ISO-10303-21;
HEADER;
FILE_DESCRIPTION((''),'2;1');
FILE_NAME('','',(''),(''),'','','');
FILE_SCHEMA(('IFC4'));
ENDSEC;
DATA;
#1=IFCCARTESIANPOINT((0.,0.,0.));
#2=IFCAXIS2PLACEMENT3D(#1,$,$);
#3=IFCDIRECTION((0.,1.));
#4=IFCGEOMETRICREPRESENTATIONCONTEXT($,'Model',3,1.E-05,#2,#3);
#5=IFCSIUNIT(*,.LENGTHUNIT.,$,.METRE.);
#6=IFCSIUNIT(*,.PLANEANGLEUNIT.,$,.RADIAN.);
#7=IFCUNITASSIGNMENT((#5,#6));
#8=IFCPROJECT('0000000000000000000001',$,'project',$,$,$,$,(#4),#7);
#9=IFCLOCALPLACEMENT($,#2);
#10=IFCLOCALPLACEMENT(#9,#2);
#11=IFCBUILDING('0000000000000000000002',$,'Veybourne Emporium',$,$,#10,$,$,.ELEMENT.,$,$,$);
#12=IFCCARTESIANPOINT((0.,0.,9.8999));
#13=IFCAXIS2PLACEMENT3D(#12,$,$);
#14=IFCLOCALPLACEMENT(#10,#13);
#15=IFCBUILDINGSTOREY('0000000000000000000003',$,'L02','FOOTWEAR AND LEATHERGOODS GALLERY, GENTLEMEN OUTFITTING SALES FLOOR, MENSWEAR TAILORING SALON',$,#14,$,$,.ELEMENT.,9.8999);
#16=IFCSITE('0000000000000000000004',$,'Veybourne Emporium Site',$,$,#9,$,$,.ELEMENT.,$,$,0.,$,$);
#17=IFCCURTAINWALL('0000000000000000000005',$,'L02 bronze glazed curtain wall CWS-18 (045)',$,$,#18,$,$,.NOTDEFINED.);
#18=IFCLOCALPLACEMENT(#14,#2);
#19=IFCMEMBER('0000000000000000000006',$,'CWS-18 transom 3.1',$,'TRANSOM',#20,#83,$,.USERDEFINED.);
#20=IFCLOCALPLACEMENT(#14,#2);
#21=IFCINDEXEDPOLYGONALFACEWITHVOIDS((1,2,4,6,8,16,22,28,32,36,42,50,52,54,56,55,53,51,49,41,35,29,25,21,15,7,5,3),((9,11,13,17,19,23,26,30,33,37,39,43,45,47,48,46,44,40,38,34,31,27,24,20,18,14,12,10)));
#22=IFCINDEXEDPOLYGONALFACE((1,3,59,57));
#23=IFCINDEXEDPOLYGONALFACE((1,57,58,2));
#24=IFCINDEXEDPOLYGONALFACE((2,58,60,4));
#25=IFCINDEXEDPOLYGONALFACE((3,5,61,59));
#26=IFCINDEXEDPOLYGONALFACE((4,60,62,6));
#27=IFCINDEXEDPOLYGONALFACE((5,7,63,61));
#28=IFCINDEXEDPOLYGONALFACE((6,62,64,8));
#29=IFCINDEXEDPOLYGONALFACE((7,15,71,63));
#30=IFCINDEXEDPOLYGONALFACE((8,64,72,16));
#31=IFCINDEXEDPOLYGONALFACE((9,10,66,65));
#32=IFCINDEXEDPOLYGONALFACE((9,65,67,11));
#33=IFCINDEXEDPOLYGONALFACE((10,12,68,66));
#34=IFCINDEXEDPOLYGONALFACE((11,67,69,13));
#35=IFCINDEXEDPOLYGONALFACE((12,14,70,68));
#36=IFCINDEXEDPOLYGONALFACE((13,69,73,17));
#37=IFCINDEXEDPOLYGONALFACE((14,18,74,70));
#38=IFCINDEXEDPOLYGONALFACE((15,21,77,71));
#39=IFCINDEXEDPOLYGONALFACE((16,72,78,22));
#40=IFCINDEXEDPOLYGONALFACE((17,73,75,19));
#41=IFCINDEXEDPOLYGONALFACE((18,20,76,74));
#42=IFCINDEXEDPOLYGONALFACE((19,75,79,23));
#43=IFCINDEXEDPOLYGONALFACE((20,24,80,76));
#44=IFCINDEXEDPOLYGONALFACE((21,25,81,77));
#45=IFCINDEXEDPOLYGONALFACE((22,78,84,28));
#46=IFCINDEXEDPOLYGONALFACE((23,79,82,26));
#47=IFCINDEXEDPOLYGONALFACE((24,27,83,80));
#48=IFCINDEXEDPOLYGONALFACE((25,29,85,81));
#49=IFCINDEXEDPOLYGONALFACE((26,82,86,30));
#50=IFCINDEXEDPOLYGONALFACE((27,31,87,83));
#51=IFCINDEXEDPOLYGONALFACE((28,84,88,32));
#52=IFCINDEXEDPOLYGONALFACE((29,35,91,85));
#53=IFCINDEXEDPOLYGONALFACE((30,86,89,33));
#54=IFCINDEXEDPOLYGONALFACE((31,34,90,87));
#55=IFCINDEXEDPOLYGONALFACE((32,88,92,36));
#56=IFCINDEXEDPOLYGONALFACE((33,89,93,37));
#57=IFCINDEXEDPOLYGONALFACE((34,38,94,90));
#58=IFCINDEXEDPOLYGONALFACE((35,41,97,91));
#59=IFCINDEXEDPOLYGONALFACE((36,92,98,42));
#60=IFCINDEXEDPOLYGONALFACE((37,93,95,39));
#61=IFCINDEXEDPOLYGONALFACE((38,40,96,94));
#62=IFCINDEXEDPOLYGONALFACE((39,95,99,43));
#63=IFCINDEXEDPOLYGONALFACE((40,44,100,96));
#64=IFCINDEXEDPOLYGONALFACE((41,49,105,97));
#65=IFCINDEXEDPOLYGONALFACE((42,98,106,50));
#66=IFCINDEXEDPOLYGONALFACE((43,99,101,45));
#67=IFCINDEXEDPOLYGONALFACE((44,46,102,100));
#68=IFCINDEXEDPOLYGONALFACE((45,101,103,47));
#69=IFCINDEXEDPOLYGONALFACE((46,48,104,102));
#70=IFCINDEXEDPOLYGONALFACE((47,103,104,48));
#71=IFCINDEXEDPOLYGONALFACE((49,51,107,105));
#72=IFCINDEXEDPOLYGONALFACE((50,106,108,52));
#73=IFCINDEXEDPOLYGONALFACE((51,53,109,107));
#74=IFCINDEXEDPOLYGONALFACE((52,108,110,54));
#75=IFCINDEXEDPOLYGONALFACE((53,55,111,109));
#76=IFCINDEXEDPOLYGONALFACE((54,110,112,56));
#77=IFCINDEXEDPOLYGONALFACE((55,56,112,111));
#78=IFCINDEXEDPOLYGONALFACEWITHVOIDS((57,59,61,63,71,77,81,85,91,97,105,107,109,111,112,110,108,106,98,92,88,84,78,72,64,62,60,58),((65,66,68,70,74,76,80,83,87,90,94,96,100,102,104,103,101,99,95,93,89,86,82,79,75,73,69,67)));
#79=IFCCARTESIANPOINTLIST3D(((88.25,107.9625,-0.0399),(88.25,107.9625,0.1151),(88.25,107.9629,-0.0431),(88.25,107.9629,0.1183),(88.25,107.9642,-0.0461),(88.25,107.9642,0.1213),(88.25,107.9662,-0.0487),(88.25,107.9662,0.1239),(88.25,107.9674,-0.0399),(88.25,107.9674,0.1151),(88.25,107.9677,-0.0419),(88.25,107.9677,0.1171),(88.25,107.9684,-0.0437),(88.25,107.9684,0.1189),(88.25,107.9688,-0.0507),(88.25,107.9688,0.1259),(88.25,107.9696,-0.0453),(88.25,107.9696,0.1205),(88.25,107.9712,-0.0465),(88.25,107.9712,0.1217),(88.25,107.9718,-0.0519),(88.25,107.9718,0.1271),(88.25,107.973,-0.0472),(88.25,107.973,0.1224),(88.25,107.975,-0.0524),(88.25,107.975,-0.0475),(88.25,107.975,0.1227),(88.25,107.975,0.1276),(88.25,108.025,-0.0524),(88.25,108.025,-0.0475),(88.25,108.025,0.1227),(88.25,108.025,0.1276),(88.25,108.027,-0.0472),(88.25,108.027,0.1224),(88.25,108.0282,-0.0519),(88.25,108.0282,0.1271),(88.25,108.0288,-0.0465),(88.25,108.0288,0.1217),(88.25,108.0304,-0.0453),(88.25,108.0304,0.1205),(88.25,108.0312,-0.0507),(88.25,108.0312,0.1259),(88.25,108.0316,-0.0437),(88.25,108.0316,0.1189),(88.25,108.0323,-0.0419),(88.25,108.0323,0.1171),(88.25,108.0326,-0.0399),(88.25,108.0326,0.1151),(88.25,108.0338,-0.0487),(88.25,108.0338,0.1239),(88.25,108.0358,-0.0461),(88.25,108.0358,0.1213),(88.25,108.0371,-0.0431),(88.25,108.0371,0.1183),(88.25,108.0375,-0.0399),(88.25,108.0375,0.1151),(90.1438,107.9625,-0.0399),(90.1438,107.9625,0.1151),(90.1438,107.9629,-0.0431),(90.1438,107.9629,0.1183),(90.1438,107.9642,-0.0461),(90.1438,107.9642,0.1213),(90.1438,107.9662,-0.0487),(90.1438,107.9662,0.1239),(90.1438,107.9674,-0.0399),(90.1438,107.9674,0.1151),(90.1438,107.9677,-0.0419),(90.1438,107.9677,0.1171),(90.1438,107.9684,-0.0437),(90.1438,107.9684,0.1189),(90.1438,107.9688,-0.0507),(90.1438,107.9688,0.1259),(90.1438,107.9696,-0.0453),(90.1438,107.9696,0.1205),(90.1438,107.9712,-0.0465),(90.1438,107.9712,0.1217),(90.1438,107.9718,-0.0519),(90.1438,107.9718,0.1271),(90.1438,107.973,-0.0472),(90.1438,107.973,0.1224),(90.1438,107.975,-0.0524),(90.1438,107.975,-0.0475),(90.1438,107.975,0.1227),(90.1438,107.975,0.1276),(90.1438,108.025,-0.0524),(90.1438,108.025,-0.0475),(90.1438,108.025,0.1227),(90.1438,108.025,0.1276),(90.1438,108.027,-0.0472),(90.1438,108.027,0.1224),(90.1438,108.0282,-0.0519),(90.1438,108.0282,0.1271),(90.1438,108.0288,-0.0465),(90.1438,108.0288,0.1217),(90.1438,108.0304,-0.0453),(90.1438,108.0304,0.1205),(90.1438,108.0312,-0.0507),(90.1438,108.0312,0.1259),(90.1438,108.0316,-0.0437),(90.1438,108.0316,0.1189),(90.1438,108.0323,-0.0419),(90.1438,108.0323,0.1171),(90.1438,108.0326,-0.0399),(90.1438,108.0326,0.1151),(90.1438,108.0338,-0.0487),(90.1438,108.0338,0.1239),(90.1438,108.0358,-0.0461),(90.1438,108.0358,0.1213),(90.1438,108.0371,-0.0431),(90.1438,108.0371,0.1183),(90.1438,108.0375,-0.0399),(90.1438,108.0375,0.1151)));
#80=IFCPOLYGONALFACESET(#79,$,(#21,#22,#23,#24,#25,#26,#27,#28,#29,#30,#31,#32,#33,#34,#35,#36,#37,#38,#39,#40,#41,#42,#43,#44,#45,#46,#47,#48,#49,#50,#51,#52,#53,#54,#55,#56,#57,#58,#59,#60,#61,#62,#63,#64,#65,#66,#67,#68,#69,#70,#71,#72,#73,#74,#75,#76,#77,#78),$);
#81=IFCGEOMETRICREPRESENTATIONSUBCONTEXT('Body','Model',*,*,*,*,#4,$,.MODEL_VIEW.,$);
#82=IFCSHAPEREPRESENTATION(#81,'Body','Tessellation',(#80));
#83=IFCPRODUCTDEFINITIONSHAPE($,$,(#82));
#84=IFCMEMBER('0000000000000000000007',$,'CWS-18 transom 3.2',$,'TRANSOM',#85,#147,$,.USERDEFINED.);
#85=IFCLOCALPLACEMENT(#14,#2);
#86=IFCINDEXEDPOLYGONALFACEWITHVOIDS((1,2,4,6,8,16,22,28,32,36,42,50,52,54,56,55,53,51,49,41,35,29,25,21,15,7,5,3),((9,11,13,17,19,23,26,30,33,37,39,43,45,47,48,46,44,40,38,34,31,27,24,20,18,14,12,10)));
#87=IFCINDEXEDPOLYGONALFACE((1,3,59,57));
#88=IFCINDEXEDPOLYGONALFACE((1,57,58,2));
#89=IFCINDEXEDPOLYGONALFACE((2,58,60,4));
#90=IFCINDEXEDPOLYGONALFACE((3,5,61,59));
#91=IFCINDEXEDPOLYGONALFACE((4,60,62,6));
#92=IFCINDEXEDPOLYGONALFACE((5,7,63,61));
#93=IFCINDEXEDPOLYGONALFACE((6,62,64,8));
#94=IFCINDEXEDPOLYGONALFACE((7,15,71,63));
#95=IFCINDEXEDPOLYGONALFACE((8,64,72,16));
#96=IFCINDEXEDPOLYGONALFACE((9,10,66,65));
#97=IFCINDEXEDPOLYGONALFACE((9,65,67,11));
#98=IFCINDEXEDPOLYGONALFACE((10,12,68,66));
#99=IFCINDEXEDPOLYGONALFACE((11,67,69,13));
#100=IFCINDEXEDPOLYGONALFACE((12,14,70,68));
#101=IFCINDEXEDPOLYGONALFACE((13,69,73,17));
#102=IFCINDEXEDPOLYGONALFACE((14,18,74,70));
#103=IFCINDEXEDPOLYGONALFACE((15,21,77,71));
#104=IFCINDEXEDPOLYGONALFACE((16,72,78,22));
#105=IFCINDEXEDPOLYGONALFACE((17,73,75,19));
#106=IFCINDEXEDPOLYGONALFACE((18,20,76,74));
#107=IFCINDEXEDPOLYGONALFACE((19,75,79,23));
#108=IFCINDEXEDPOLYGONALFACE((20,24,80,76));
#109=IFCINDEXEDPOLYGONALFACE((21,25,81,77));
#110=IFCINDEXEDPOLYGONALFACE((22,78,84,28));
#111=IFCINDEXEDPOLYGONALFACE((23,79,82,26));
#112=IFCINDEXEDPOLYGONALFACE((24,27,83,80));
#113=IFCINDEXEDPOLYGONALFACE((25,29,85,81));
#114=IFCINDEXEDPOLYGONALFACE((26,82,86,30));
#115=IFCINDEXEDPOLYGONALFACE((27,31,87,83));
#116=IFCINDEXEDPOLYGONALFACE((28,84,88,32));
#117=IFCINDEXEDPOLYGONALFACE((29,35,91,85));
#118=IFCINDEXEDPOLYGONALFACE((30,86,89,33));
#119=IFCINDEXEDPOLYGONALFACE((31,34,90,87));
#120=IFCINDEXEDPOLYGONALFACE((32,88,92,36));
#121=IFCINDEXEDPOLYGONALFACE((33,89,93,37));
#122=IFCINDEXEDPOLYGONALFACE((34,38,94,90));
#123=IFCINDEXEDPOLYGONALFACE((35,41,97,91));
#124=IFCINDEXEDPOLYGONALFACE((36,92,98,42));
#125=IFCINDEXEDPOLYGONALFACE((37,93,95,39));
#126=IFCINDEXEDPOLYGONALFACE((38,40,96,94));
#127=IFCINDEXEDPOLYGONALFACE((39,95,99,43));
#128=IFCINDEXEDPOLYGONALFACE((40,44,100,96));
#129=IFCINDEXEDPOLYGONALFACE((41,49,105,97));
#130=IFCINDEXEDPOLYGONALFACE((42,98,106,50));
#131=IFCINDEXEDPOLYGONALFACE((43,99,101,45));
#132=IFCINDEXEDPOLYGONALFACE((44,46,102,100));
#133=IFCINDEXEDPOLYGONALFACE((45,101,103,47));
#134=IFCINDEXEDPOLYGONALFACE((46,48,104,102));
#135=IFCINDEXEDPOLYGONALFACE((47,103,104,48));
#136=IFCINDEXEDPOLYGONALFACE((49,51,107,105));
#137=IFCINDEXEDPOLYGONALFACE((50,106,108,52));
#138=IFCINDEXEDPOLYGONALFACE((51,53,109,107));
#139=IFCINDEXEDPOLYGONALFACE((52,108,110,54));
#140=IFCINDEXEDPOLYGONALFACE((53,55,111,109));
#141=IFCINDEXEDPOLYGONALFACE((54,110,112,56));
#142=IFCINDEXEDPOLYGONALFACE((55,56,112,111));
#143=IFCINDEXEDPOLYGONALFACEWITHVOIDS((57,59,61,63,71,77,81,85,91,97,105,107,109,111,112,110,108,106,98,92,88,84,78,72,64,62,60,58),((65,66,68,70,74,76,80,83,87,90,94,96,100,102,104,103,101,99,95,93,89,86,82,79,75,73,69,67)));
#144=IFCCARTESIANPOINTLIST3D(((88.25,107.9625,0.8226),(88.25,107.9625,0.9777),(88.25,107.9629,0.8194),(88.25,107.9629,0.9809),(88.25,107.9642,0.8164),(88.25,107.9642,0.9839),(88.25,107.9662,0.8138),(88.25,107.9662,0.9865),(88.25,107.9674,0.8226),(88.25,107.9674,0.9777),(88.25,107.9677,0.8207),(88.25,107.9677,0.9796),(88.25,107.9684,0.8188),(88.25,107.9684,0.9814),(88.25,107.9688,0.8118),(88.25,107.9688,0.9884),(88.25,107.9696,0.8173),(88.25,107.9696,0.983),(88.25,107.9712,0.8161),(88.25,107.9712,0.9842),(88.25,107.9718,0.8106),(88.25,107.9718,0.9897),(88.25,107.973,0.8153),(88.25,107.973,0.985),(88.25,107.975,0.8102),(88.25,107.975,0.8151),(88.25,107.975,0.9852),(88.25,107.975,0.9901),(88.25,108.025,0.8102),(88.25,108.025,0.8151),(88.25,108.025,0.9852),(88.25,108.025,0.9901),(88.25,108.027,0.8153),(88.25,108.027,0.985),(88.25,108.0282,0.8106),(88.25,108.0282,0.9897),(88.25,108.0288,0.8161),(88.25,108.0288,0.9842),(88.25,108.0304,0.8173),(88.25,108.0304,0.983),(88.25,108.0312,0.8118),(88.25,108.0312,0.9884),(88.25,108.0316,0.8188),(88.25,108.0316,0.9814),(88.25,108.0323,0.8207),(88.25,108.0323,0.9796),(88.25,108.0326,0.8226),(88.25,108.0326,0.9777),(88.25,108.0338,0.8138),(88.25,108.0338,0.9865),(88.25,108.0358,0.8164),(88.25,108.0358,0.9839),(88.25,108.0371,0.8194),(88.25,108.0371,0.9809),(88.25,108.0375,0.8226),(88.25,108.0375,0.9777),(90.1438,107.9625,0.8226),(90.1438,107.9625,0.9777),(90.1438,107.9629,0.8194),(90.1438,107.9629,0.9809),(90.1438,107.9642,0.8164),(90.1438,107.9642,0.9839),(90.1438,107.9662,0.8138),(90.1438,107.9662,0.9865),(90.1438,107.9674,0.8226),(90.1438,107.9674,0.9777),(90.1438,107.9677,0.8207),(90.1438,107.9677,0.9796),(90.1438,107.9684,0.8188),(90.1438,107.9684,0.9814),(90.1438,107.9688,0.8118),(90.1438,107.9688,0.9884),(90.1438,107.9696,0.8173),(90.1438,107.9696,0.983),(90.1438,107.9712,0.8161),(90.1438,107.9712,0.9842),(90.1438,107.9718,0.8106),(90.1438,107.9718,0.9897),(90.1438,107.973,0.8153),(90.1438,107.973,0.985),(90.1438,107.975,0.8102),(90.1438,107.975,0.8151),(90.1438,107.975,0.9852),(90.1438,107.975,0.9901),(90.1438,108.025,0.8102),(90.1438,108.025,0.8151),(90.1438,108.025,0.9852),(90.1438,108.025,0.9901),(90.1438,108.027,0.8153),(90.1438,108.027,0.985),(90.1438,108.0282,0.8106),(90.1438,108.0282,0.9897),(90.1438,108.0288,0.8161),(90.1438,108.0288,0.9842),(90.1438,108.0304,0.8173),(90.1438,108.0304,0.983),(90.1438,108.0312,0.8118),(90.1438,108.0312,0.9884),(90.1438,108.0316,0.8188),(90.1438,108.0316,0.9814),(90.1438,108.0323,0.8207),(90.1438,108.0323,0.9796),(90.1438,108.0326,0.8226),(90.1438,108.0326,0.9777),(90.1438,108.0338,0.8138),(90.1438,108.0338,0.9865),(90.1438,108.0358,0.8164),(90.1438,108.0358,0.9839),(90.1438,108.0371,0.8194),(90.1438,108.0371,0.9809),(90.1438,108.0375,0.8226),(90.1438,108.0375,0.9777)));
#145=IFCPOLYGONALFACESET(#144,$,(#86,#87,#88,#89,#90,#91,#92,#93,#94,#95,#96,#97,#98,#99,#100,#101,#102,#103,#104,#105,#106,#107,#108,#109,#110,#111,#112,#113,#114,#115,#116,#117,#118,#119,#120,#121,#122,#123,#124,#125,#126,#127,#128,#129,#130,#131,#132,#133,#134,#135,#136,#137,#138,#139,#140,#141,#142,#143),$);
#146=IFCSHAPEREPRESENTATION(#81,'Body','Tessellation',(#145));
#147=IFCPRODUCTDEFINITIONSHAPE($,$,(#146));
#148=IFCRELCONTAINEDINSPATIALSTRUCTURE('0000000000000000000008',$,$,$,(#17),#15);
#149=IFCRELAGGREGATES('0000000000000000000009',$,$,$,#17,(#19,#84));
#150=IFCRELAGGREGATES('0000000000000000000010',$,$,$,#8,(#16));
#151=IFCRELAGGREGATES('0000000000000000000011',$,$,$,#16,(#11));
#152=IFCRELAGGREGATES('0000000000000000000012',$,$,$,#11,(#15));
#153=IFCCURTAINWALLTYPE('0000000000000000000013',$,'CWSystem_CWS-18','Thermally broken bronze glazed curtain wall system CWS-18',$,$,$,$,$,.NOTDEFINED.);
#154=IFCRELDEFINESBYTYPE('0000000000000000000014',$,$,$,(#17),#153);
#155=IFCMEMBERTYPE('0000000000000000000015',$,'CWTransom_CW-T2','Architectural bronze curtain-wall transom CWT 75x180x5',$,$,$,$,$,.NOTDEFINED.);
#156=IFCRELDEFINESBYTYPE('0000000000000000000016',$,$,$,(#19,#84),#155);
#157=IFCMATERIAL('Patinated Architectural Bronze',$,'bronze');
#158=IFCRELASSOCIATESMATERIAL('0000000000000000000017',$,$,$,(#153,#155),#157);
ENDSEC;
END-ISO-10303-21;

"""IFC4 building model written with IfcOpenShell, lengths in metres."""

from ifc_helpers import new_model, si_unit, direction, frame, origin, origin_2d, place, context, subcontext, project, spatial, hollow_rectangle, extrude, material, material_profile, profile_set, type_object, element, aggregate, save


model = new_model("IFC4")

# Units and contexts
model_context = context("Model", 3, precision=1e-05, world=origin(), true_north=direction((0.0, 1.0)))
body_context = subcontext(model_context, "Body", "Model", "MODEL_VIEW")
ifc_project = project(units=[si_unit("LENGTHUNIT", "METRE"), si_unit("PLANEANGLEUNIT", "RADIAN")], contexts=[model_context])

# Site, building, storey
site_placement = place(None, origin())
site = spatial("IfcSite", under=ifc_project, at=site_placement, Name="Veybourne Emporium Site", CompositionType="ELEMENT", RefElevation=0.0)
building_placement = place(site_placement, origin())
building = spatial("IfcBuilding", under=site, at=building_placement, Name="Veybourne Emporium", CompositionType="ELEMENT")
storey_placement = place(building_placement, frame((0.0, 0.0, 9.8999)))
storey = spatial("IfcBuildingStorey", under=building, at=storey_placement, Name="L02", Description="FOOTWEAR AND LEATHERGOODS GALLERY, GENTLEMEN OUTFITTING SALES FLOOR, MENSWEAR TAILORING SALON", CompositionType="ELEMENT", Elevation=9.8999)

# Curtain wall, members
ifc_material_1 = material(Name="Patinated Architectural Bronze", Category="bronze")
curtain_wall_type = type_object("IfcCurtainWallType", Name="CWSystem_CWS-18", Description="Thermally broken bronze glazed curtain wall system CWS-18", PredefinedType="NOTDEFINED", material=ifc_material_1)
curtain_wall_placement = place(storey_placement, origin())
curtain_wall = element("IfcCurtainWall", 1, at=curtain_wall_placement, inside=storey, type_object=curtain_wall_type, Name="L02 bronze glazed curtain wall CWS-18 (045)", PredefinedType="NOTDEFINED")
ifc_material_profile_1 = material_profile(ifc_material_1, hollow_rectangle(XDim=0.075, YDim=0.1799, WallThickness=0.0049, InnerFilletRadius=0.0076, OuterFilletRadius=0.0125, at=origin_2d()), Name="CWT 75x180x5")
ifc_profile_set_1 = profile_set([ifc_material_profile_1], Name="Patinated Architectural Bronze")
member_type_1 = type_object("IfcMemberType", Name="CWTransom_CW-T2", Description="Architectural bronze curtain-wall transom CWT 75x180x5", PredefinedType="NOTDEFINED", material=ifc_profile_set_1)
member_1_placement = place(storey_placement, frame((88.25, 108.0, 0.0376), z_axis=(1.0, 0.0, 0.0), x_axis=(0.0, 1.0, 0.0)))
member_1 = element("IfcMember", 2, at=member_1_placement, type_object=member_type_1, Name="CWS-18 transom 3.1", ObjectType="TRANSOM", PredefinedType="USERDEFINED", context=body_context, shape_type="SweptSolid", body=[
    extrude(hollow_rectangle(XDim=0.075, YDim=0.1799, WallThickness=0.0049, InnerFilletRadius=0.0076, OuterFilletRadius=0.0125, at=origin_2d()), origin(), (0.0, 0.0, 1.0), 1.8938),
])
member_2_placement = place(storey_placement, frame((88.25, 108.0, 0.9001), z_axis=(1.0, 0.0, 0.0), x_axis=(0.0, 1.0, 0.0)))
member_2 = element("IfcMember", 3, at=member_2_placement, type_object=member_type_1, Name="CWS-18 transom 3.2", ObjectType="TRANSOM", PredefinedType="USERDEFINED", context=body_context, shape_type="SweptSolid", body=[
    extrude(hollow_rectangle(XDim=0.075, YDim=0.1799, WallThickness=0.0049, InnerFilletRadius=0.0076, OuterFilletRadius=0.0125, at=origin_2d()), origin(), (0.0, 0.0, 1.0), 1.8938),
])

aggregate(curtain_wall, [member_1, member_2])

save(model, "model.ifc")
